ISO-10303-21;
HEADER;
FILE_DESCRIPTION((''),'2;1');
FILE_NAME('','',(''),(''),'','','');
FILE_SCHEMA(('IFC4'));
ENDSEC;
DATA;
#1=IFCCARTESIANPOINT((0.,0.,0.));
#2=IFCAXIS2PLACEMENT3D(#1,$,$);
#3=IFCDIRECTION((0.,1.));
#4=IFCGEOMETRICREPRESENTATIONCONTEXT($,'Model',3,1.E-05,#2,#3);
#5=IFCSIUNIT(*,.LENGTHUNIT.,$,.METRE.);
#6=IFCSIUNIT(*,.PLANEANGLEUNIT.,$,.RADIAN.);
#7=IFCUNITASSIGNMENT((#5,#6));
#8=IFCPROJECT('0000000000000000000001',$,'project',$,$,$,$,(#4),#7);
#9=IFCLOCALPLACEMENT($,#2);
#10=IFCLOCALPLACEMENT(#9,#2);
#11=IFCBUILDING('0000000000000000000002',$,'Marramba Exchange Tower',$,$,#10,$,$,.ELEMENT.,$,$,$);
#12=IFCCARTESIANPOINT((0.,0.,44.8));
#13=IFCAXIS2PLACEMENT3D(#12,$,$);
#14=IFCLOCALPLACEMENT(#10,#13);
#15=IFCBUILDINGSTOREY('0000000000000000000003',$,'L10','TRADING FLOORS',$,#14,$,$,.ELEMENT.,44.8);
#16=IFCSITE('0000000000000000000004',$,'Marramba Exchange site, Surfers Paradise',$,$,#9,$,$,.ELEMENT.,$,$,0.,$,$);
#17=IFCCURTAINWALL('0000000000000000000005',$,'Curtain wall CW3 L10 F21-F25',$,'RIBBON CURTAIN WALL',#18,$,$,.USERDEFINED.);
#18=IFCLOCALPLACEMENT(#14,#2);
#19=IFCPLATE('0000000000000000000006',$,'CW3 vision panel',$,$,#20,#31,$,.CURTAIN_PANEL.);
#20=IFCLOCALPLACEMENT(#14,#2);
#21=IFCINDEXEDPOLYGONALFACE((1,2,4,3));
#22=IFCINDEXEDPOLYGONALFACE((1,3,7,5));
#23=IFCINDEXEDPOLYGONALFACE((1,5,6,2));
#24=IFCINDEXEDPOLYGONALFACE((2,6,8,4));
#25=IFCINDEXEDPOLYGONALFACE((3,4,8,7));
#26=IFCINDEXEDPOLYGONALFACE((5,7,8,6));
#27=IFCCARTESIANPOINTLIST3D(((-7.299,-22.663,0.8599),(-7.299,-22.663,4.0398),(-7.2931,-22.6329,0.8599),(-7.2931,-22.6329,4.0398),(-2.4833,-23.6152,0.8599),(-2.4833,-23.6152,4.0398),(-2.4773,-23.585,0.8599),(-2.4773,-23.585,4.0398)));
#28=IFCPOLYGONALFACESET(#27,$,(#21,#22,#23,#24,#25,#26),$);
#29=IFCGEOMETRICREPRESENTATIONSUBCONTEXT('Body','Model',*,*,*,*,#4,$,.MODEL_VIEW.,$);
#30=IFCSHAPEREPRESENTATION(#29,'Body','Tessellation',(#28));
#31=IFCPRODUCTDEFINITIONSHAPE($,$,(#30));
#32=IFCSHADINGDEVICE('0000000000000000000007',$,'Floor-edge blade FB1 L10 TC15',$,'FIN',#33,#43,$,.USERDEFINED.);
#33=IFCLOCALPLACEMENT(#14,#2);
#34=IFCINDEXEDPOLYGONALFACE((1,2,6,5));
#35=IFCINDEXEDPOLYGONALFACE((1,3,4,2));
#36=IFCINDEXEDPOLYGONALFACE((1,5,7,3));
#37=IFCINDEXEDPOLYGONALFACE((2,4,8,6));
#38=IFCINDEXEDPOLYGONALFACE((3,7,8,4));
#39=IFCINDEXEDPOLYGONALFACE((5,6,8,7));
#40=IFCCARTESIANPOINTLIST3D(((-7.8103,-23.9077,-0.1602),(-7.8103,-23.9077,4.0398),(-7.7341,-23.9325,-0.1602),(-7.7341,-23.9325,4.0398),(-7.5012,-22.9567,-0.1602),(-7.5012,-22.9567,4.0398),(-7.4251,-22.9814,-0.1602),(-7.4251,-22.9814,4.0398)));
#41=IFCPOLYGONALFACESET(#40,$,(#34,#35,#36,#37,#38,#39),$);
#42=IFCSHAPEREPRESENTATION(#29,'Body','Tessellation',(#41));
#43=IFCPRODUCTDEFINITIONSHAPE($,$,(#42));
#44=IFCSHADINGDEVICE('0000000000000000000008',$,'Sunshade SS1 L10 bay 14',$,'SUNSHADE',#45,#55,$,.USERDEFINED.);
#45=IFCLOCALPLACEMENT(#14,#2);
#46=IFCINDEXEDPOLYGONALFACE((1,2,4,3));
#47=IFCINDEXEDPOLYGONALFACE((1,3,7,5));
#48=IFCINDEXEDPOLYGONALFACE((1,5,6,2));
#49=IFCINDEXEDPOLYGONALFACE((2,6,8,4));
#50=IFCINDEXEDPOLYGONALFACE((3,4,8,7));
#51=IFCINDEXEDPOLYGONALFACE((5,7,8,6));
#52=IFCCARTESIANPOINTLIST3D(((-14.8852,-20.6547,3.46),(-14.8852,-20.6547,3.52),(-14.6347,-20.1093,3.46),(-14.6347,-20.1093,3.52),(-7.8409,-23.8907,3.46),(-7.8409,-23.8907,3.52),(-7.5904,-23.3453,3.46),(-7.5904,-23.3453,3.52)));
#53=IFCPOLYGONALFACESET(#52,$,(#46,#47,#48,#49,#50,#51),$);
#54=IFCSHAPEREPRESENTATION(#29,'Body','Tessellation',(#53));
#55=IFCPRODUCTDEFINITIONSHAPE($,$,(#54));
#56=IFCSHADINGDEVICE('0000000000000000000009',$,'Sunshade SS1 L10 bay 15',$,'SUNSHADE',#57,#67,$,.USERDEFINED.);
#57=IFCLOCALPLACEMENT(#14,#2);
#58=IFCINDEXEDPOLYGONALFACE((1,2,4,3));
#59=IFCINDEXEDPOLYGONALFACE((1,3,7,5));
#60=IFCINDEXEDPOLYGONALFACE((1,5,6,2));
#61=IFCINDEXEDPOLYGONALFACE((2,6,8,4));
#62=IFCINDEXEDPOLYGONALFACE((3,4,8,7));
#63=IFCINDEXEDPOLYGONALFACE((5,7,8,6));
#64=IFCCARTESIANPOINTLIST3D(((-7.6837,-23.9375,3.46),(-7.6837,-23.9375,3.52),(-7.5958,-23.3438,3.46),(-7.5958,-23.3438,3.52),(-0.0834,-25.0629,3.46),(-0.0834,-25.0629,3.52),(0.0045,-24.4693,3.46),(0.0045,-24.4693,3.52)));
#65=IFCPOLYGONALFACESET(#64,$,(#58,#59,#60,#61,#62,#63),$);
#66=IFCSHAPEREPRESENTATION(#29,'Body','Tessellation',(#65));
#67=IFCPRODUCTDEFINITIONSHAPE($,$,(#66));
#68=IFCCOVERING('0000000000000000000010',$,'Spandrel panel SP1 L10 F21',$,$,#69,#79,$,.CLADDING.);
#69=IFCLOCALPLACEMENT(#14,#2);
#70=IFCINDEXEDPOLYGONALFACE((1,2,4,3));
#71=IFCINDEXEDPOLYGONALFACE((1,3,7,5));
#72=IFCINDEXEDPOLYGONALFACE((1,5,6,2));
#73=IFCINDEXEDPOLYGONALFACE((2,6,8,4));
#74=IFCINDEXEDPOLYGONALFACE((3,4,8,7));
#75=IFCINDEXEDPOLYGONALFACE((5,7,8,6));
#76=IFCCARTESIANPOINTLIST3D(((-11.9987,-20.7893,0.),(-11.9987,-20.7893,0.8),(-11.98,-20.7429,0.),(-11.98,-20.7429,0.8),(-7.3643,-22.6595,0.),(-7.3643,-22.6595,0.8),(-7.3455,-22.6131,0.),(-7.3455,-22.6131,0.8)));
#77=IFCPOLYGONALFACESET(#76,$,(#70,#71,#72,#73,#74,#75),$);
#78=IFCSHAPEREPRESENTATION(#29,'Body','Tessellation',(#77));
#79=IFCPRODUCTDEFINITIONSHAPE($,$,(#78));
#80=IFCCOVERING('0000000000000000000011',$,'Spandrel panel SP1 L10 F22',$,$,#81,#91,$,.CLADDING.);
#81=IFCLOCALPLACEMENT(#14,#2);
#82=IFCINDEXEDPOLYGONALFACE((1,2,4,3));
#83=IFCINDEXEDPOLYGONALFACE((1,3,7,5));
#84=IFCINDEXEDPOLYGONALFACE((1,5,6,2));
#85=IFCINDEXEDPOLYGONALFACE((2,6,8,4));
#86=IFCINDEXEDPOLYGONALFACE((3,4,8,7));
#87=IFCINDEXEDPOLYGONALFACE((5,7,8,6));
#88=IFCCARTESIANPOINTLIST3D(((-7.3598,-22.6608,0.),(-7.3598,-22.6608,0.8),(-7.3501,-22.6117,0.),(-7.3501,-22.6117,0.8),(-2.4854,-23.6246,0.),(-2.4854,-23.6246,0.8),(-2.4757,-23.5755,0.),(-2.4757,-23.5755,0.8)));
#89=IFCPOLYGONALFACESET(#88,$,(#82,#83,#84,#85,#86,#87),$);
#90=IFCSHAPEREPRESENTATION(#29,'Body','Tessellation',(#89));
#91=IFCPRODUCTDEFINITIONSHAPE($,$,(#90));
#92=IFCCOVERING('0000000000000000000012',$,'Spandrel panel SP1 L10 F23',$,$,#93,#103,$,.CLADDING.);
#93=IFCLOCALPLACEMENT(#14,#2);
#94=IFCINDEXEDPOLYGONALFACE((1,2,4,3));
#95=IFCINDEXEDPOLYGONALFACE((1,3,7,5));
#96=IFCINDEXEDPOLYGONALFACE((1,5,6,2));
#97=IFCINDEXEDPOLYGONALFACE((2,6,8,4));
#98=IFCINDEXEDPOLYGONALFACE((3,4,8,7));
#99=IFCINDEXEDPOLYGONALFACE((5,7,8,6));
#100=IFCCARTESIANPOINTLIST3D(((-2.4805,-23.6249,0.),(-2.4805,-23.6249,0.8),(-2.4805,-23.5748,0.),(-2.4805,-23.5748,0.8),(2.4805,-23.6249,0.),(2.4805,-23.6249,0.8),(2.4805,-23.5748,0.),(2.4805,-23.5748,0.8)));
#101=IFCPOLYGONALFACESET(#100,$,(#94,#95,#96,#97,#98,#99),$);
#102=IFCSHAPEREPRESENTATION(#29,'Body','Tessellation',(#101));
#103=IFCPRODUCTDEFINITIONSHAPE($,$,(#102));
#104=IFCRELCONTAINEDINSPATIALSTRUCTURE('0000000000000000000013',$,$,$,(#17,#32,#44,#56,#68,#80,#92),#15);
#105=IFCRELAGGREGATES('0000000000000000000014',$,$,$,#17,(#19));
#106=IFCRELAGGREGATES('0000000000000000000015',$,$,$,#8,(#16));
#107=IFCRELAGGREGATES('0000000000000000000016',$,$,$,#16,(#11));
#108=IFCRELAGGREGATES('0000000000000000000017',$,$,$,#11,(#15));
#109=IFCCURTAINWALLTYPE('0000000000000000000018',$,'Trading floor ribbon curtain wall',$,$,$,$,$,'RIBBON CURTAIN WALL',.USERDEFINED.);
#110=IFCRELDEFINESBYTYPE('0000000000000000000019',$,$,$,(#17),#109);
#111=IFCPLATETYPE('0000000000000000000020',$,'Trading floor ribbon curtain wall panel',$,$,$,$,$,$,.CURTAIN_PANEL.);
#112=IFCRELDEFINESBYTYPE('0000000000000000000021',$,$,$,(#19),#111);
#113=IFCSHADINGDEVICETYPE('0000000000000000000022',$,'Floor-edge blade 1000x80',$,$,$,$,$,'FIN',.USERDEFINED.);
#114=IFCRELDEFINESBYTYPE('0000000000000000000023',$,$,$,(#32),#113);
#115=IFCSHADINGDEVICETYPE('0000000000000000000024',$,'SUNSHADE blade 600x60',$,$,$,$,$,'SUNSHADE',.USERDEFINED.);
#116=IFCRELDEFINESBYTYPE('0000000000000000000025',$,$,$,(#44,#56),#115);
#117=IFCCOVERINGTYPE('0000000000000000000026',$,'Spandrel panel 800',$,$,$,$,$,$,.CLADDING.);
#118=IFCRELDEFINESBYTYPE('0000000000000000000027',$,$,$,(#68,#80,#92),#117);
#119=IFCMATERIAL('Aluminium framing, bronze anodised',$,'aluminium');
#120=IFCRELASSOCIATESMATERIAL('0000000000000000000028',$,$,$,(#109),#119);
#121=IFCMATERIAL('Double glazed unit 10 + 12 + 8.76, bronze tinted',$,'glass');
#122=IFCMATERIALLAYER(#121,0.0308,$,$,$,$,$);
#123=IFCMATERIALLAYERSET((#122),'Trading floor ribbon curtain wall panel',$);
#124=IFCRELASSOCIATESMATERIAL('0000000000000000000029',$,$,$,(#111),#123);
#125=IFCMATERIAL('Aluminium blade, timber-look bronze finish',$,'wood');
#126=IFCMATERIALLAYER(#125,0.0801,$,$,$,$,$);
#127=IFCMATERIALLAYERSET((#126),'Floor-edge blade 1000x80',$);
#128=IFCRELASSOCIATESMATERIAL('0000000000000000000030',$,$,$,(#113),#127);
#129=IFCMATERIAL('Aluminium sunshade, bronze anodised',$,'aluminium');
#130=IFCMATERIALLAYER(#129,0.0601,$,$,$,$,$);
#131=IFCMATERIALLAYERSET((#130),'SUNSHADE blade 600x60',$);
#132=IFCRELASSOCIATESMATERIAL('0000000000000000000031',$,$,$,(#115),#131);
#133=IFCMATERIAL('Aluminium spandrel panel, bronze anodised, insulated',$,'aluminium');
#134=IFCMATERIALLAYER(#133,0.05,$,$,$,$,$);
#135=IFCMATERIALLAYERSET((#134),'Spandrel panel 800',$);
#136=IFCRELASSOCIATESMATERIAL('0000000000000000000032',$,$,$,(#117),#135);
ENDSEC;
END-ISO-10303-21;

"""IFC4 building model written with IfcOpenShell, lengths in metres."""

from ifc_helpers import new_model, si_unit, direction, frame, origin, origin_2d, place, context, subcontext, project, spatial, rectangle, extrude, material, layer, layer_set, type_object, element, aggregate, save


model = new_model("IFC4")

# Units and contexts
model_context = context("Model", 3, precision=1e-05, world=origin(), true_north=direction((0.0, 1.0)))
body_context = subcontext(model_context, "Body", "Model", "MODEL_VIEW")
ifc_project = project(units=[si_unit("LENGTHUNIT", "METRE"), si_unit("PLANEANGLEUNIT", "RADIAN")], contexts=[model_context])

# Site, building, storey
site_placement = place(None, origin())
site = spatial("IfcSite", under=ifc_project, at=site_placement, Name="Marramba Exchange site, Surfers Paradise", CompositionType="ELEMENT", RefElevation=0.0)
building_placement = place(site_placement, origin())
building = spatial("IfcBuilding", under=site, at=building_placement, Name="Marramba Exchange Tower", CompositionType="ELEMENT")
storey_placement = place(building_placement, frame((0.0, 0.0, 44.8)))
storey = spatial("IfcBuildingStorey", under=building, at=storey_placement, Name="L10", Description="TRADING FLOORS", CompositionType="ELEMENT", Elevation=44.8)

# Curtain wall, plate
ifc_material_1 = material(Name="Aluminium framing, bronze anodised", Category="aluminium")
curtain_wall_type = type_object("IfcCurtainWallType", Name="Trading floor ribbon curtain wall", ElementType="RIBBON CURTAIN WALL", PredefinedType="USERDEFINED", material=ifc_material_1)
curtain_wall_placement = place(storey_placement, origin())
curtain_wall = element("IfcCurtainWall", 1, at=curtain_wall_placement, inside=storey, type_object=curtain_wall_type, Name="Curtain wall CW3 L10 F21-F25", ObjectType="RIBBON CURTAIN WALL", PredefinedType="USERDEFINED")
ifc_material_2 = material(Name="Double glazed unit 10 + 12 + 8.76, bronze tinted", Category="glass")
ifc_layer_1 = layer(ifc_material_2, 0.0308)
ifc_layer_set_1 = layer_set([ifc_layer_1], Name="Trading floor ribbon curtain wall panel")
plate_type = type_object("IfcPlateType", Name="Trading floor ribbon curtain wall panel", PredefinedType="CURTAIN_PANEL", material=ifc_layer_set_1)
plate_1_placement = place(storey_placement, frame((-4.8882, -23.124, 0.8599), z_axis=(0.0, 0.0, 1.0), x_axis=(0.981009, -0.193961, 0.0)))
plate_1 = element("IfcPlate", 2, at=plate_1_placement, type_object=plate_type, Name="CW3 vision panel", PredefinedType="CURTAIN_PANEL", context=body_context, shape_type="SweptSolid", body=[
    extrude(rectangle(XDim=4.9089, YDim=0.0308, at=origin_2d()), origin(), (0.0, 0.0, 1.0), 3.1799),
])
aggregate(curtain_wall, [plate_1])

# Shading devices
ifc_material_3 = material(Name="Aluminium blade, timber-look bronze finish", Category="wood")
ifc_layer_2 = layer(ifc_material_3, 0.0801)
ifc_layer_set_2 = layer_set([ifc_layer_2], Name="Floor-edge blade 1000x80")
shading_device_type_1 = type_object("IfcShadingDeviceType", Name="Floor-edge blade 1000x80", ElementType="FIN", PredefinedType="USERDEFINED", material=ifc_layer_set_2)
shading_device_1_placement = place(storey_placement, frame((-7.6177, -23.4446, -0.1602), z_axis=(0.0, 0.0, 1.0), x_axis=(-0.309017, -0.951057, 0.0)))
element("IfcShadingDevice", 3, at=shading_device_1_placement, inside=storey, type_object=shading_device_type_1, Name="Floor-edge blade FB1 L10 TC15", ObjectType="FIN", PredefinedType="USERDEFINED", context=body_context, shape_type="SweptSolid", body=[
    extrude(rectangle(XDim=1.0, YDim=0.0801, at=origin_2d()), origin(), (0.0, 0.0, 1.0), 4.2),
])
ifc_material_4 = material(Name="Aluminium sunshade, bronze anodised", Category="aluminium")
ifc_layer_3 = layer(ifc_material_4, 0.0601)
ifc_layer_set_3 = layer_set([ifc_layer_3], Name="SUNSHADE blade 600x60")
shading_device_type_2 = type_object("IfcShadingDeviceType", Name="SUNSHADE blade 600x60", ElementType="SUNSHADE", PredefinedType="USERDEFINED", material=ifc_layer_set_3)
shading_device_2_placement = place(storey_placement, frame((-11.2378, -22.0, 3.46), z_axis=(0.0, 0.0, 1.0), x_axis=(0.908704, -0.417442, 0.0)))
element("IfcShadingDevice", 4, at=shading_device_2_placement, inside=storey, type_object=shading_device_type_2, Name="Sunshade SS1 L10 bay 14", ObjectType="SUNSHADE", PredefinedType="USERDEFINED", context=body_context, shape_type="SweptSolid", body=[
    extrude(rectangle(XDim=7.752, YDim=0.6001, at=origin_2d()), origin(), (0.0, 0.0, 1.0), 0.0601),
])
shading_device_3_placement = place(storey_placement, frame((-3.8396, -24.2034, 3.46), z_axis=(0.0, 0.0, 1.0), x_axis=(0.989213, -0.146485, 0.0)))
element("IfcShadingDevice", 5, at=shading_device_3_placement, inside=storey, type_object=shading_device_type_2, Name="Sunshade SS1 L10 bay 15", ObjectType="SUNSHADE", PredefinedType="USERDEFINED", context=body_context, shape_type="SweptSolid", body=[
    extrude(rectangle(XDim=7.6831, YDim=0.6001, at=origin_2d()), origin(), (0.0, 0.0, 1.0), 0.0601),
])

# Coverings
ifc_material_5 = material(Name="Aluminium spandrel panel, bronze anodised, insulated", Category="aluminium")
ifc_layer_4 = layer(ifc_material_5, 0.05)
ifc_layer_set_4 = layer_set([ifc_layer_4], Name="Spandrel panel 800")
covering_type = type_object("IfcCoveringType", Name="Spandrel panel 800", PredefinedType="CLADDING", material=ifc_layer_set_4)
covering_1_placement = place(storey_placement, frame((-9.6721, -21.7012, 0.0), z_axis=(0.0, 0.0, 1.0), x_axis=(0.927341, -0.374218, 0.0)))
element("IfcCovering", 6, at=covering_1_placement, inside=storey, type_object=covering_type, Name="Spandrel panel SP1 L10 F21", PredefinedType="CLADDING", context=body_context, shape_type="SweptSolid", body=[
    extrude(rectangle(XDim=4.9976, YDim=0.05, at=origin_2d()), origin(), (0.0, 0.0, 1.0), 0.8),
])
covering_2_placement = place(storey_placement, frame((-4.9177, -23.1182, 0.0), z_axis=(0.0, 0.0, 1.0), x_axis=(0.981009, -0.193961, 0.0)))
element("IfcCovering", 7, at=covering_2_placement, inside=storey, type_object=covering_type, Name="Spandrel panel SP1 L10 F22", PredefinedType="CLADDING", context=body_context, shape_type="SweptSolid", body=[
    extrude(rectangle(XDim=4.9688, YDim=0.05, at=origin_2d()), origin(), (0.0, 0.0, 1.0), 0.8),
])
covering_3_placement = place(storey_placement, frame((0.0, -23.5999, 0.0), z_axis=(0.0, 0.0, 1.0), x_axis=(1.0, 0.0, 0.0)))
element("IfcCovering", 8, at=covering_3_placement, inside=storey, type_object=covering_type, Name="Spandrel panel SP1 L10 F23", PredefinedType="CLADDING", context=body_context, shape_type="SweptSolid", body=[
    extrude(rectangle(XDim=4.9609, YDim=0.05, at=origin_2d()), origin(), (0.0, 0.0, 1.0), 0.8),
])

save(model, "model.ifc")
